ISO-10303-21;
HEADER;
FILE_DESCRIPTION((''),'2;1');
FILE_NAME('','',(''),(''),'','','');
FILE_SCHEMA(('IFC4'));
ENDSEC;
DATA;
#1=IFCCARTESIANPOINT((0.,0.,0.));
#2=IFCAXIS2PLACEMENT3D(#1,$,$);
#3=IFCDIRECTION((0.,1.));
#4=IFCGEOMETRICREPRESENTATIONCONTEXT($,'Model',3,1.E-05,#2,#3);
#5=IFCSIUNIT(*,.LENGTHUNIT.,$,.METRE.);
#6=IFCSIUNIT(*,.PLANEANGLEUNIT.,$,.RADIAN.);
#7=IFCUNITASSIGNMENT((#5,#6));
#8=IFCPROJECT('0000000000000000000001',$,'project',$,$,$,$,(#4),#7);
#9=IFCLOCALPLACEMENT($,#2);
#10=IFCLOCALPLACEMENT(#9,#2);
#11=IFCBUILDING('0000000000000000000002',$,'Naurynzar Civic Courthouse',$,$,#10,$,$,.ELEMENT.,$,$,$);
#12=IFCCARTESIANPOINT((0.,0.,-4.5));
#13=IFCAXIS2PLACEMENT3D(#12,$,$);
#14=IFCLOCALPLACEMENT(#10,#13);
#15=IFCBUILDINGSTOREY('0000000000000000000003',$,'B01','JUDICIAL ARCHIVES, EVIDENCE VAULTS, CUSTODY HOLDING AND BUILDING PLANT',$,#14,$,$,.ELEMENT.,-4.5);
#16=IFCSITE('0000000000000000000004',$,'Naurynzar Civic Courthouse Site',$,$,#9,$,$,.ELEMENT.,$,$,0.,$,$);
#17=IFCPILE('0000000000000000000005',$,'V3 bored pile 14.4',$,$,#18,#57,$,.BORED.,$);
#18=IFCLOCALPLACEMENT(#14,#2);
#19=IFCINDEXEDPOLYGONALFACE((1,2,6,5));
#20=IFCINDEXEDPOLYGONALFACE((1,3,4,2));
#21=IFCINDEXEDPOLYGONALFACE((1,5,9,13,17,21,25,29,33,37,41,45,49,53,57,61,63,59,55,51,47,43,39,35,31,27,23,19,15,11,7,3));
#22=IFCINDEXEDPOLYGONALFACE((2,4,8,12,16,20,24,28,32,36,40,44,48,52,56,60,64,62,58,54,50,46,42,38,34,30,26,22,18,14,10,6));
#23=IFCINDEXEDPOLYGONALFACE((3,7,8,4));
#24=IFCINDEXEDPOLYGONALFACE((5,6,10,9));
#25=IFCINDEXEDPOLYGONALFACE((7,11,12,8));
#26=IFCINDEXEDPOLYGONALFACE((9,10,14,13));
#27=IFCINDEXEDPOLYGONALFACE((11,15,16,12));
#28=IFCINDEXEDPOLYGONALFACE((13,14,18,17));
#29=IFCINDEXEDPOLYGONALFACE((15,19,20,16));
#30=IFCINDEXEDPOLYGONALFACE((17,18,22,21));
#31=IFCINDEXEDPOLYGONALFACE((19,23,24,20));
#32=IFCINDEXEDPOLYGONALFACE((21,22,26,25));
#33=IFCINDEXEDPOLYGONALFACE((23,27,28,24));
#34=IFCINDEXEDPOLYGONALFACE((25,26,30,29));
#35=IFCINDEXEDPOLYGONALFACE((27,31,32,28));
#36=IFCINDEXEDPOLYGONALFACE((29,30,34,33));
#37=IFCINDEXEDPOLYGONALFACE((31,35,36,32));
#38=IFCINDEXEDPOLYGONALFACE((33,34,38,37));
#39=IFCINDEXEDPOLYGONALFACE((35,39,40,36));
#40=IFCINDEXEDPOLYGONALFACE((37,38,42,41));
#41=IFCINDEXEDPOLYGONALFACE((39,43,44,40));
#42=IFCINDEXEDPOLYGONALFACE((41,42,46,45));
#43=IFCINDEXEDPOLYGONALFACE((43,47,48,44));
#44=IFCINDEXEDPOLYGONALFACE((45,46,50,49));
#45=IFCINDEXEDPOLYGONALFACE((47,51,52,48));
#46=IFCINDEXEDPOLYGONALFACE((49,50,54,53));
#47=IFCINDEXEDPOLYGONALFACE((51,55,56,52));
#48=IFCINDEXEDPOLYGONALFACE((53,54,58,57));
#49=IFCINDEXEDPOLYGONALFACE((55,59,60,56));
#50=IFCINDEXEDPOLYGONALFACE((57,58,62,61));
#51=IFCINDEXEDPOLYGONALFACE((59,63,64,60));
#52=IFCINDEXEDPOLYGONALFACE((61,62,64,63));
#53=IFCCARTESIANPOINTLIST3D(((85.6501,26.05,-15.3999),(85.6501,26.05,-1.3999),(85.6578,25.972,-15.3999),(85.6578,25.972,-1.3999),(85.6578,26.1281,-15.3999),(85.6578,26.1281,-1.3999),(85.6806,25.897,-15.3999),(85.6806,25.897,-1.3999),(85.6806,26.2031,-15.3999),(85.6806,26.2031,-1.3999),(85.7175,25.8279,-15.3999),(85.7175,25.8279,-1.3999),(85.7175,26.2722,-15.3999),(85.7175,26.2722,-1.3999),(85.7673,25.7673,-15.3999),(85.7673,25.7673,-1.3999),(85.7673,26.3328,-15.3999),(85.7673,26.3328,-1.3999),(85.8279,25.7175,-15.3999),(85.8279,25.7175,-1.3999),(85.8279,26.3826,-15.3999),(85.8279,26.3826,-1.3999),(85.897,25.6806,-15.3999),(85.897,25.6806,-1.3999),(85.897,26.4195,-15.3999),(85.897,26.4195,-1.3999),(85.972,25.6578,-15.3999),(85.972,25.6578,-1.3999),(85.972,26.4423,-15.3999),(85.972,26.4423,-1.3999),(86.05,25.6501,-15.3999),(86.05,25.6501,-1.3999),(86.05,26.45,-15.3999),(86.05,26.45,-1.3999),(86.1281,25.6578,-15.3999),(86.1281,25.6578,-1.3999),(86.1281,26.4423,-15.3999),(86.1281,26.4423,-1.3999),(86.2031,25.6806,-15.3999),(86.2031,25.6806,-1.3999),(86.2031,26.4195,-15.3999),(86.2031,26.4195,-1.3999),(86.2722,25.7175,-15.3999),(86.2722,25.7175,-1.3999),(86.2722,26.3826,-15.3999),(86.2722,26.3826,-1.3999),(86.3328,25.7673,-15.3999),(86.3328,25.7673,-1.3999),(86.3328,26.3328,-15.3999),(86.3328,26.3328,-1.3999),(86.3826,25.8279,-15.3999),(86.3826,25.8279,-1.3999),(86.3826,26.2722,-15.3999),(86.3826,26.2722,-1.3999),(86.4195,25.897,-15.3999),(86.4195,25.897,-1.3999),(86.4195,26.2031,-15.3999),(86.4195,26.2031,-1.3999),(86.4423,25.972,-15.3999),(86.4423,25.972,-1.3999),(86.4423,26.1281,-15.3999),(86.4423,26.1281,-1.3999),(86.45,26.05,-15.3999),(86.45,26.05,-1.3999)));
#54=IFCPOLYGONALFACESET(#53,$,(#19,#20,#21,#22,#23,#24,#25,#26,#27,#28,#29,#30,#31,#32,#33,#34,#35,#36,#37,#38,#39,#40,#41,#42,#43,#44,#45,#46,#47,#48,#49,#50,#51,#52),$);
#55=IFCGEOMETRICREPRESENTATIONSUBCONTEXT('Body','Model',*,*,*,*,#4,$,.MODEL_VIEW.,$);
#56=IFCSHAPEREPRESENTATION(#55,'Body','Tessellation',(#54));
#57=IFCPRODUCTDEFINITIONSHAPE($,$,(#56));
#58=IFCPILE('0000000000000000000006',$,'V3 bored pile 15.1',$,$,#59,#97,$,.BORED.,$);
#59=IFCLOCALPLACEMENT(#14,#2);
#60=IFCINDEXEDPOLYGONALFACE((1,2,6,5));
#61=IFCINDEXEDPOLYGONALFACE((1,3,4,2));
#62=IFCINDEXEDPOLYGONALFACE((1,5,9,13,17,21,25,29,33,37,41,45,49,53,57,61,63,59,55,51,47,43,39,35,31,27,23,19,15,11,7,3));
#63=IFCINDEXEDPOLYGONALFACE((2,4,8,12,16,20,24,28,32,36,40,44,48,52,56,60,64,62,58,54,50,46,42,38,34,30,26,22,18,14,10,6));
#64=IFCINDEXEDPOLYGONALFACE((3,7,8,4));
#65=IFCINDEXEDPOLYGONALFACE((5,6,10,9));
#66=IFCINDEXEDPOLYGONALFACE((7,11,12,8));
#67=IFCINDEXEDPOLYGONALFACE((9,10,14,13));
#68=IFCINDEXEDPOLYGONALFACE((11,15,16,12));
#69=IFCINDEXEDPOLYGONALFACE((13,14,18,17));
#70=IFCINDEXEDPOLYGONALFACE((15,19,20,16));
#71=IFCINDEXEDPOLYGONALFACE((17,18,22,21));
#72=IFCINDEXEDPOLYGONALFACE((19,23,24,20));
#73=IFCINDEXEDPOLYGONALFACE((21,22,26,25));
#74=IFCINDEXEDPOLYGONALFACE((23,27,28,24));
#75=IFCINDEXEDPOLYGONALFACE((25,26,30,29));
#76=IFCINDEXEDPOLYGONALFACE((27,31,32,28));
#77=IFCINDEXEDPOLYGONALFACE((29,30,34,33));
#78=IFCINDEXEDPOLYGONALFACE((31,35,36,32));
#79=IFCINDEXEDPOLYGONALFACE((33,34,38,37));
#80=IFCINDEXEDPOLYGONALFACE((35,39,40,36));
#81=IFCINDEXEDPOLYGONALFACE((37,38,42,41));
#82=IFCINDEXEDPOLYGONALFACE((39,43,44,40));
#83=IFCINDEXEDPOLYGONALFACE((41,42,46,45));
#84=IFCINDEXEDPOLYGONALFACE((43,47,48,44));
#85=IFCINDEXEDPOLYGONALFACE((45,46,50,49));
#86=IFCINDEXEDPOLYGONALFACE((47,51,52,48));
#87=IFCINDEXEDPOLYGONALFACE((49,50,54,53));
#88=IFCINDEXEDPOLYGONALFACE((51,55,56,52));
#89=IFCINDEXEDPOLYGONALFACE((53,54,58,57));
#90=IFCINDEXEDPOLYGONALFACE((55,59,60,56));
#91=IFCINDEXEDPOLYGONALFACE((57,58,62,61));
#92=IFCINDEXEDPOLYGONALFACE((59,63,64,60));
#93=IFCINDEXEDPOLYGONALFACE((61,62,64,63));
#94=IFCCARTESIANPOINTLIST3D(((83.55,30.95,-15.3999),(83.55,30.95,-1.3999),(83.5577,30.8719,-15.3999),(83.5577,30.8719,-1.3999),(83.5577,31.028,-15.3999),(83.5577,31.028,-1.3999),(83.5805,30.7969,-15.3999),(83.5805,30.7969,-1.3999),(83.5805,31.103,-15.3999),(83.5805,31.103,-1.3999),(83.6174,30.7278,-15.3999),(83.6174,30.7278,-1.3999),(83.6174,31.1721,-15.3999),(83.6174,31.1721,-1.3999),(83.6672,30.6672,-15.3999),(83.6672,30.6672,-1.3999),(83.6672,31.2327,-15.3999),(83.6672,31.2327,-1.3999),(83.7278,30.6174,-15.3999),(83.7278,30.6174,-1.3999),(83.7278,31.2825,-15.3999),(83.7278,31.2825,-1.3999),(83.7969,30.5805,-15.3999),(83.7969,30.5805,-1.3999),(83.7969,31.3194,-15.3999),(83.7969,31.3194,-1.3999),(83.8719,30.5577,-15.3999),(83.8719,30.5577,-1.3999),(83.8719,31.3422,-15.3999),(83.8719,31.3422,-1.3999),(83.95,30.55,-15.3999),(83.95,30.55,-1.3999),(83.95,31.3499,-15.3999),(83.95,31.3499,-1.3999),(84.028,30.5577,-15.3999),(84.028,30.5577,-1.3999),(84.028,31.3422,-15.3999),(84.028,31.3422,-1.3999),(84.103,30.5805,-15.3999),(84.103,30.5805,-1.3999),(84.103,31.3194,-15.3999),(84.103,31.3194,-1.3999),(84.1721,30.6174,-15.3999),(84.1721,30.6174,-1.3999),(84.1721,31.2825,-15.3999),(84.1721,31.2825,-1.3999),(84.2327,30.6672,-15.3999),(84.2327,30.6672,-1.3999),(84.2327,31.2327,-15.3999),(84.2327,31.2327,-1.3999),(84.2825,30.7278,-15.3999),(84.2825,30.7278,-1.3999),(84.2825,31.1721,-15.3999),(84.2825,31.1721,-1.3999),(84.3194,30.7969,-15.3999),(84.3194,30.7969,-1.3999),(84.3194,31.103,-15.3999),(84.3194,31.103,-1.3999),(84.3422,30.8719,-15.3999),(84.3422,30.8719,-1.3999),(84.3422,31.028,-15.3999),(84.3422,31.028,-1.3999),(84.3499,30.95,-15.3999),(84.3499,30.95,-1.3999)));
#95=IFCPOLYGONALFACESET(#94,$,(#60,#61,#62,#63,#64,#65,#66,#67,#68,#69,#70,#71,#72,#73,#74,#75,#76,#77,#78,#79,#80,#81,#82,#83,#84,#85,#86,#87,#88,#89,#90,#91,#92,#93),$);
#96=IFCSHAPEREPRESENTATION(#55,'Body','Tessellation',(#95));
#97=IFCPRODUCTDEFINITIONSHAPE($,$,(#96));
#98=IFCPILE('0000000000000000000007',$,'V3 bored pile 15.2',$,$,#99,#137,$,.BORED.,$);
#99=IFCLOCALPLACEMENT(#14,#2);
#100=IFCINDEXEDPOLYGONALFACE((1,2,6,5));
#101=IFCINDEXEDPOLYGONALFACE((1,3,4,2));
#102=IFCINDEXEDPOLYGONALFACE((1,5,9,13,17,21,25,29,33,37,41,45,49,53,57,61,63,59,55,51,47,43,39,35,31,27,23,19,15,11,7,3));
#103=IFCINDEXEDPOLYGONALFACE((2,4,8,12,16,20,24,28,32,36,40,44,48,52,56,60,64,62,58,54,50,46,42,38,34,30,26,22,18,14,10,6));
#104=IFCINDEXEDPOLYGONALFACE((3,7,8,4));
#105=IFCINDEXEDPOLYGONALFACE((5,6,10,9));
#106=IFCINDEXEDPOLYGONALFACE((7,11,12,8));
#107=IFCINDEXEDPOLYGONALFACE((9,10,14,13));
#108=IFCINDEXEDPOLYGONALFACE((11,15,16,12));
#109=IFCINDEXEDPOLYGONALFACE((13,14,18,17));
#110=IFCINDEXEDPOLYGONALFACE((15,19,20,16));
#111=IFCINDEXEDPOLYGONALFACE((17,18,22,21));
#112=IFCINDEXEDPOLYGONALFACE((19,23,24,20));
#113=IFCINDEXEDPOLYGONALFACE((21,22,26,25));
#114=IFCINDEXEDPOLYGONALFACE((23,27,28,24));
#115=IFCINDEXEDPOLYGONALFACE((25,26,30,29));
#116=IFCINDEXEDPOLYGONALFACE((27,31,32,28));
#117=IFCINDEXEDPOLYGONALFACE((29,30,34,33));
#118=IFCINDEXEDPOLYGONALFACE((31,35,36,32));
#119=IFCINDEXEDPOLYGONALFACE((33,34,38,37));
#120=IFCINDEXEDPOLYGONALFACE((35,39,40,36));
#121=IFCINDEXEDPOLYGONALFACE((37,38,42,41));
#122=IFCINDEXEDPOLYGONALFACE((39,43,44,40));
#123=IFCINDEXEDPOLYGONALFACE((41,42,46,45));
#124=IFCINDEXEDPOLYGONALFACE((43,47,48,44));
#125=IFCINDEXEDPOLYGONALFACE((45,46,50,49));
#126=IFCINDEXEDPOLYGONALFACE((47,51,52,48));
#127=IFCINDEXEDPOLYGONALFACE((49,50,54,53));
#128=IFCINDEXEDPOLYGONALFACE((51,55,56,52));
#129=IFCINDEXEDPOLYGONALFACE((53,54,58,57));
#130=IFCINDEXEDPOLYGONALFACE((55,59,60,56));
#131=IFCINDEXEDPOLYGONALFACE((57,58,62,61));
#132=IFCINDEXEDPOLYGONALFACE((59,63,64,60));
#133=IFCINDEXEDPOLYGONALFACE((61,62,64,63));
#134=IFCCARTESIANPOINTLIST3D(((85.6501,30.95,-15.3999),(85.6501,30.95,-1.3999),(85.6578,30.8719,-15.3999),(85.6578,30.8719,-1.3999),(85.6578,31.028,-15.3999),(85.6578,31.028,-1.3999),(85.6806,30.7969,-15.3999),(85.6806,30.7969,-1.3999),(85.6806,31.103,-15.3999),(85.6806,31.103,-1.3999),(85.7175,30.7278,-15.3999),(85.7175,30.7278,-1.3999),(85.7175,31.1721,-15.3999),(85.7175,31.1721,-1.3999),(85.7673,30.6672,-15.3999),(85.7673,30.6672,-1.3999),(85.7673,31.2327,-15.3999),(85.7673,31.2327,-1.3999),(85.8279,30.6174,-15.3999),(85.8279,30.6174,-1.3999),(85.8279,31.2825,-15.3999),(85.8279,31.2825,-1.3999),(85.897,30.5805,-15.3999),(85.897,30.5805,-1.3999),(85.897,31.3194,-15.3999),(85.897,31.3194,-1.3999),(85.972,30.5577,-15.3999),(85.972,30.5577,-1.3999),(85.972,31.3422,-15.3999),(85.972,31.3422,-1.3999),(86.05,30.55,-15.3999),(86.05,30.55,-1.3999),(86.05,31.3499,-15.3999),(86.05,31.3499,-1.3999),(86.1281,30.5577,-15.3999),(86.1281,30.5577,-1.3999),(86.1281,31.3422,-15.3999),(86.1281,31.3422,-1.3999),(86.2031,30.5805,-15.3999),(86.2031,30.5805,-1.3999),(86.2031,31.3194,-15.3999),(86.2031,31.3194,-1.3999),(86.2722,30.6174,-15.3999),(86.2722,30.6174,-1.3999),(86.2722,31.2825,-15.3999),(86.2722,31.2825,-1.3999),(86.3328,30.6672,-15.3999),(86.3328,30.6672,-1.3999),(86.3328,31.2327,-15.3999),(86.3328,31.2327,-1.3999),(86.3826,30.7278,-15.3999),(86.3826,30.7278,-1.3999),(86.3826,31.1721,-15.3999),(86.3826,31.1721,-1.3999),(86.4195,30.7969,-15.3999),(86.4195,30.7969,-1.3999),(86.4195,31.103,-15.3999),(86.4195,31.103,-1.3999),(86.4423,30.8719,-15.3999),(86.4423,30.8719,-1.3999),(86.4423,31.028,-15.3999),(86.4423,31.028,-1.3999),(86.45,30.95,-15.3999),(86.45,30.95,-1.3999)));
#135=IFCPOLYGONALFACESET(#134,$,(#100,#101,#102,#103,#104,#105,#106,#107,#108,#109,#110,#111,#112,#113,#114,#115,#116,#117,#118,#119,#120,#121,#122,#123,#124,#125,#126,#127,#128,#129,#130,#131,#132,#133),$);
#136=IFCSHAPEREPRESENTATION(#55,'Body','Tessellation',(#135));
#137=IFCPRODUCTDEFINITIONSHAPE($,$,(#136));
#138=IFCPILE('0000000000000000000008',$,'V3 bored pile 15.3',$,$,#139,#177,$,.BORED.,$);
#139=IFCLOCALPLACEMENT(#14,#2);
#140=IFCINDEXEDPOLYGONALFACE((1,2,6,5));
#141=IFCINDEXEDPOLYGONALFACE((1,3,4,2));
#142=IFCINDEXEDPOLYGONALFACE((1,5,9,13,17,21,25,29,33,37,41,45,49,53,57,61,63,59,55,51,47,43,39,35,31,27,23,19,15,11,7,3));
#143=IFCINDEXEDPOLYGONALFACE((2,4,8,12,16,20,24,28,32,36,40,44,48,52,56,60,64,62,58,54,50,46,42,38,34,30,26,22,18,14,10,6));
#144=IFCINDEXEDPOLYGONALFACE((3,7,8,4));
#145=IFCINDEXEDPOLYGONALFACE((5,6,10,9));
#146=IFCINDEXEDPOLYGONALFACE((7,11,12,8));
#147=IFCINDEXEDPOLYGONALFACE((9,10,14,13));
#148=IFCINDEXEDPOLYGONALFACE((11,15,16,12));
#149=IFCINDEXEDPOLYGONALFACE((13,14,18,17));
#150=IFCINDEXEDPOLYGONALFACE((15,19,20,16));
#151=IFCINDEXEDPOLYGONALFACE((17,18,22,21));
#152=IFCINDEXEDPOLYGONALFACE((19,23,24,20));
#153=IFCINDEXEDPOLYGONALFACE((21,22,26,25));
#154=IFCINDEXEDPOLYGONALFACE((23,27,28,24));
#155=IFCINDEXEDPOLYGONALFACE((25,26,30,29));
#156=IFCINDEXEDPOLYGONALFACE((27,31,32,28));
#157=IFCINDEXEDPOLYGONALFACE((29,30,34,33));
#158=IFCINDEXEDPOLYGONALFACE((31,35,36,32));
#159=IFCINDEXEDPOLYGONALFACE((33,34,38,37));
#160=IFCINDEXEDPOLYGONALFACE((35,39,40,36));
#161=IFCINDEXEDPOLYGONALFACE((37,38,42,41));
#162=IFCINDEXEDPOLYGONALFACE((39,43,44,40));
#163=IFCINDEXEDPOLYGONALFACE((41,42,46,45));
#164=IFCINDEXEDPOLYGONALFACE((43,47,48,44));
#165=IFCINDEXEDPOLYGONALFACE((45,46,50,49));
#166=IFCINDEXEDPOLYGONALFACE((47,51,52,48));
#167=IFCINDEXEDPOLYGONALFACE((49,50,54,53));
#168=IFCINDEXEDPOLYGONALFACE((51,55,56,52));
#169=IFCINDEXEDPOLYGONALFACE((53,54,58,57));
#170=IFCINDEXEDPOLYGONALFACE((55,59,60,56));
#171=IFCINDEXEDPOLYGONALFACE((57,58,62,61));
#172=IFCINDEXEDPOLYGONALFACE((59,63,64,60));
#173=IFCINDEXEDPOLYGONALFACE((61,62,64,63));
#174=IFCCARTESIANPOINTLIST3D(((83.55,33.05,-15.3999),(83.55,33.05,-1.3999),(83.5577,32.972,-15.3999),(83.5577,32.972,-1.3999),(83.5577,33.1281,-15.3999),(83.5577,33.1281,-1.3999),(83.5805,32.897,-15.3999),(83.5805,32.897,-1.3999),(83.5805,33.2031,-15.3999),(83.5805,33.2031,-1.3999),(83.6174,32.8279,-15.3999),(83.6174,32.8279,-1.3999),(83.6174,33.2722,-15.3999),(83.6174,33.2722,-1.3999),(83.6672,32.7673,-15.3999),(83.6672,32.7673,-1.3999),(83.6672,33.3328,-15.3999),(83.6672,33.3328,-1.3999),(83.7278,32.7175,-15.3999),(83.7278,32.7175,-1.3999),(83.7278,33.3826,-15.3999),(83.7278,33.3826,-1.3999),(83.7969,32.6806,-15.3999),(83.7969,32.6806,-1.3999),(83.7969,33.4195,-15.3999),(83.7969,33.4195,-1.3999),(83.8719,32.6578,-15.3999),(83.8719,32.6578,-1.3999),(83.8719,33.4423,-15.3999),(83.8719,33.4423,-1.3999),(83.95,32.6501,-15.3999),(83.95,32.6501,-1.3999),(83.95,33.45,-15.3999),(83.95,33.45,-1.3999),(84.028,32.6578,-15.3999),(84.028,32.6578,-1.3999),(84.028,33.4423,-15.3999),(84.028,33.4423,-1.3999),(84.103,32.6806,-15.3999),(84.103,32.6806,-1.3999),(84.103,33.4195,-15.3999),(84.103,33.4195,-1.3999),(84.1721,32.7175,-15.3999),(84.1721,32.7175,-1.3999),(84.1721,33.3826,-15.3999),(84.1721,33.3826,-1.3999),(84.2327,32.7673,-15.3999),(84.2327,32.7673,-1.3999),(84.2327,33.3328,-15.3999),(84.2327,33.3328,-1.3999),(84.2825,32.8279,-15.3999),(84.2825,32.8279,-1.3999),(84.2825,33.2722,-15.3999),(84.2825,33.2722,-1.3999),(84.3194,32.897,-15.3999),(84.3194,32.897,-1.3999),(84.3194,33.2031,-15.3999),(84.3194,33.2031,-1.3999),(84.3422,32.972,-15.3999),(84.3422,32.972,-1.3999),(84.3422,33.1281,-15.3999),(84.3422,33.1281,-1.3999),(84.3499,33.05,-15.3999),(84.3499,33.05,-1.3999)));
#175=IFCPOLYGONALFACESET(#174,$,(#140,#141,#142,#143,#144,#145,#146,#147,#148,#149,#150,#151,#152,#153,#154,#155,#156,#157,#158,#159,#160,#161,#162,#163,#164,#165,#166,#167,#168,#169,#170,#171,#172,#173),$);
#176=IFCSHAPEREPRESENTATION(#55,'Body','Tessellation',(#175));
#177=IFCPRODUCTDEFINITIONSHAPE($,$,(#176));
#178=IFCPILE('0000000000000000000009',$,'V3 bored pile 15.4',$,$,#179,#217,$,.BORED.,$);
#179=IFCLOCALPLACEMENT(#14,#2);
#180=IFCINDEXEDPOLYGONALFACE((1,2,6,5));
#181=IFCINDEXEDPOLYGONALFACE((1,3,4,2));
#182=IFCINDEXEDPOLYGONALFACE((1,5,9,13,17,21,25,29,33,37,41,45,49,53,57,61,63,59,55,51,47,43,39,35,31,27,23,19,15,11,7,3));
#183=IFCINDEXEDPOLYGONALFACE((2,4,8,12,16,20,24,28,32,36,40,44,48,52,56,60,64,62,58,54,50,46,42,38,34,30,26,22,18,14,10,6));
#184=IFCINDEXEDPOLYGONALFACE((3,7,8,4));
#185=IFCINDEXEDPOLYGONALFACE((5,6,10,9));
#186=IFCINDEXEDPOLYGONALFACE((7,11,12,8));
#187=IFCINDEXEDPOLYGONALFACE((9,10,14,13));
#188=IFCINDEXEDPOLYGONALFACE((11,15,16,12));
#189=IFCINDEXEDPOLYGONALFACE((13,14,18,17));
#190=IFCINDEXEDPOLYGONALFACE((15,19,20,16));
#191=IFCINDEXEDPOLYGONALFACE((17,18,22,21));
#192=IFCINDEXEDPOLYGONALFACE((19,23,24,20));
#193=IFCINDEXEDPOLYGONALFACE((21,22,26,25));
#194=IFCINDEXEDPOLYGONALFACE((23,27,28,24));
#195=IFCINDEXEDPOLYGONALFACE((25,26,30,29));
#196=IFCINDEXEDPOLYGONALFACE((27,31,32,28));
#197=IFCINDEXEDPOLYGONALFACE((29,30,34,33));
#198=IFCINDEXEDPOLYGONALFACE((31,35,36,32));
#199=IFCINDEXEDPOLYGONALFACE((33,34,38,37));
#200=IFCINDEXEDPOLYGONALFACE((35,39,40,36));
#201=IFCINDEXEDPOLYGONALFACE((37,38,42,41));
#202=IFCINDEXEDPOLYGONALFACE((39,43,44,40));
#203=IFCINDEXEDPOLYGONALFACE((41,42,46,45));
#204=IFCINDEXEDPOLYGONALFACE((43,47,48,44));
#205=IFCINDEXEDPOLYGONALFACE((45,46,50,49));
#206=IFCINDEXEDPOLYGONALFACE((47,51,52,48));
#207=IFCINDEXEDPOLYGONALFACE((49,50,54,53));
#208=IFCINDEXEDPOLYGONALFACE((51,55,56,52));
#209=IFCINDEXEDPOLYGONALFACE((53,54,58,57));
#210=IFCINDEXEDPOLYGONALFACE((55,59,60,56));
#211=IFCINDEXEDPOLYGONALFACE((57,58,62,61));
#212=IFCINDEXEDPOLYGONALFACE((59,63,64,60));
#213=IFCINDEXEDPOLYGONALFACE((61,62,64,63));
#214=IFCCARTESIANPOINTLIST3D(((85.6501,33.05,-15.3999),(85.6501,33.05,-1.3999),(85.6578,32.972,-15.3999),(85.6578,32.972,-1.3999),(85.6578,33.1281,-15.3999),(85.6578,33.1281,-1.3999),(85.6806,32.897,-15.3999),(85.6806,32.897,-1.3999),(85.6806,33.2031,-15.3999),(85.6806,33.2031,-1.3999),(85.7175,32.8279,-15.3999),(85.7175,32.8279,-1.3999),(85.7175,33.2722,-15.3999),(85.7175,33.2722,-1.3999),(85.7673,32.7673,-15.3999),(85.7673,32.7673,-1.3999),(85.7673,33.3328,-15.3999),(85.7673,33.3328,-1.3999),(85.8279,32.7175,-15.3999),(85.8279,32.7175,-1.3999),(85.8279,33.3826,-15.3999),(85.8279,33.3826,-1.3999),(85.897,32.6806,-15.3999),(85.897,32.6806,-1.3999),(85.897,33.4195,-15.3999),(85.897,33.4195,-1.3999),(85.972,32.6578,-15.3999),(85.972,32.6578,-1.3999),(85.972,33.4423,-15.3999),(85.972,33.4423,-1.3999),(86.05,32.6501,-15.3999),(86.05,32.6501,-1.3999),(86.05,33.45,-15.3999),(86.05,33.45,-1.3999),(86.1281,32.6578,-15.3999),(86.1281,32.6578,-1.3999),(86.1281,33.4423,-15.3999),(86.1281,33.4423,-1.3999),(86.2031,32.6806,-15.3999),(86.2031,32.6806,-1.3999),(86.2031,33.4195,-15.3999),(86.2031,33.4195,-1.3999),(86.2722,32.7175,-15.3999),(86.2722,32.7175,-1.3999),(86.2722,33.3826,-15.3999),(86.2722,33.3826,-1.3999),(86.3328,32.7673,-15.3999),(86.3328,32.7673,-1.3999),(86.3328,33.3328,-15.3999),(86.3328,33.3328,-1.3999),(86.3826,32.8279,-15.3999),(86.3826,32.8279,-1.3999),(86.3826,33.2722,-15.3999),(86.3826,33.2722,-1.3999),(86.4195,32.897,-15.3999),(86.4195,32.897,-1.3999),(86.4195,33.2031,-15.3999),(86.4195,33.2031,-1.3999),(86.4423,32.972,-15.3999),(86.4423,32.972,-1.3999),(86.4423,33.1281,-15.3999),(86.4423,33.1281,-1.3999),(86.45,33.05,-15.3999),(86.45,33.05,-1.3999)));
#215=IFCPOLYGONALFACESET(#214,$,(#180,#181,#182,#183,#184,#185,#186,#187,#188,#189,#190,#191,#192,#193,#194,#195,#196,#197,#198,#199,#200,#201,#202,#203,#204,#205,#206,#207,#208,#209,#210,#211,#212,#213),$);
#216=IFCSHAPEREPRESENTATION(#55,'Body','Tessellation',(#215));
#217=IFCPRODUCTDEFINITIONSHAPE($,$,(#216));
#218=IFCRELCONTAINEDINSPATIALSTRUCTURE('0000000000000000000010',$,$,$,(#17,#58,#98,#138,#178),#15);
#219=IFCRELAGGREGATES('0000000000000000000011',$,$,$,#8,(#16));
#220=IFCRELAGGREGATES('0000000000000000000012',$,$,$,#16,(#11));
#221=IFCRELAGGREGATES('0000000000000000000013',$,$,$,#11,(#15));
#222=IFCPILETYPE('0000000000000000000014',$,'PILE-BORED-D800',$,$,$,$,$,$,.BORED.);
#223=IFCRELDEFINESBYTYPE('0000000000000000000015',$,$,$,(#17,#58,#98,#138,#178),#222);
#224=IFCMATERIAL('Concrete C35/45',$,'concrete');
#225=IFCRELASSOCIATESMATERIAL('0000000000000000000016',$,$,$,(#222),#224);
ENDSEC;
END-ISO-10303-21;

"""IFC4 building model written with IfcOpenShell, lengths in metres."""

from ifc_helpers import new_model, si_unit, direction, frame, origin, origin_2d, place, context, subcontext, project, spatial, circle, extrude, material, material_profile, profile_set, type_object, element, save


model = new_model("IFC4")

# Units and contexts
model_context = context("Model", 3, precision=1e-05, world=origin(), true_north=direction((0.0, 1.0)))
body_context = subcontext(model_context, "Body", "Model", "MODEL_VIEW")
ifc_project = project(units=[si_unit("LENGTHUNIT", "METRE"), si_unit("PLANEANGLEUNIT", "RADIAN")], contexts=[model_context])

# Site, building, storey
site_placement = place(None, origin())
site = spatial("IfcSite", under=ifc_project, at=site_placement, Name="Naurynzar Civic Courthouse Site", CompositionType="ELEMENT", RefElevation=0.0)
building_placement = place(site_placement, origin())
building = spatial("IfcBuilding", under=site, at=building_placement, Name="Naurynzar Civic Courthouse", CompositionType="ELEMENT")
storey_placement = place(building_placement, frame((0.0, 0.0, -4.5)))
storey = spatial("IfcBuildingStorey", under=building, at=storey_placement, Name="B01", Description="JUDICIAL ARCHIVES, EVIDENCE VAULTS, CUSTODY HOLDING AND BUILDING PLANT", CompositionType="ELEMENT", Elevation=-4.5)

# Piles
ifc_material_1 = material(Name="Concrete C35/45", Category="concrete")
ifc_material_profile_1 = material_profile(ifc_material_1, circle(Radius=0.3999, at=origin_2d()), Name="PILE D800")
ifc_profile_set_1 = profile_set([ifc_material_profile_1], Name="Concrete C35/45")
pile_type = type_object("IfcPileType", Name="PILE-BORED-D800", PredefinedType="BORED", material=ifc_profile_set_1)
for number, where, z_axis, x_axis, name in (
    (1, (86.05, 26.05, -1.3999), (0.0, 0.0, -1.0), (1.0, 0.0, 0.0), "V3 bored pile 14.4"),
    (2, (83.95, 30.95, -1.3999), (0.0, 0.0, -1.0), (1.0, 0.0, 0.0), "V3 bored pile 15.1"),
    (3, (86.05, 30.95, -1.3999), (0.0, 0.0, -1.0), (1.0, 0.0, 0.0), "V3 bored pile 15.2"),
    (4, (83.95, 33.05, -1.3999), (0.0, 0.0, -1.0), (1.0, 0.0, 0.0), "V3 bored pile 15.3"),
    (5, (86.05, 33.05, -1.3999), (0.0, 0.0, -1.0), (1.0, 0.0, 0.0), "V3 bored pile 15.4"),
):
    element("IfcPile", number, at=place(storey_placement, frame(where, z_axis=z_axis, x_axis=x_axis)), inside=storey, type_object=pile_type, Name=name, PredefinedType="BORED", context=body_context, shape_type="SweptSolid", body=[
        extrude(circle(Radius=0.3999, at=origin_2d()), origin(), (0.0, 0.0, 1.0), 14.0),
    ])

save(model, "model.ifc")
